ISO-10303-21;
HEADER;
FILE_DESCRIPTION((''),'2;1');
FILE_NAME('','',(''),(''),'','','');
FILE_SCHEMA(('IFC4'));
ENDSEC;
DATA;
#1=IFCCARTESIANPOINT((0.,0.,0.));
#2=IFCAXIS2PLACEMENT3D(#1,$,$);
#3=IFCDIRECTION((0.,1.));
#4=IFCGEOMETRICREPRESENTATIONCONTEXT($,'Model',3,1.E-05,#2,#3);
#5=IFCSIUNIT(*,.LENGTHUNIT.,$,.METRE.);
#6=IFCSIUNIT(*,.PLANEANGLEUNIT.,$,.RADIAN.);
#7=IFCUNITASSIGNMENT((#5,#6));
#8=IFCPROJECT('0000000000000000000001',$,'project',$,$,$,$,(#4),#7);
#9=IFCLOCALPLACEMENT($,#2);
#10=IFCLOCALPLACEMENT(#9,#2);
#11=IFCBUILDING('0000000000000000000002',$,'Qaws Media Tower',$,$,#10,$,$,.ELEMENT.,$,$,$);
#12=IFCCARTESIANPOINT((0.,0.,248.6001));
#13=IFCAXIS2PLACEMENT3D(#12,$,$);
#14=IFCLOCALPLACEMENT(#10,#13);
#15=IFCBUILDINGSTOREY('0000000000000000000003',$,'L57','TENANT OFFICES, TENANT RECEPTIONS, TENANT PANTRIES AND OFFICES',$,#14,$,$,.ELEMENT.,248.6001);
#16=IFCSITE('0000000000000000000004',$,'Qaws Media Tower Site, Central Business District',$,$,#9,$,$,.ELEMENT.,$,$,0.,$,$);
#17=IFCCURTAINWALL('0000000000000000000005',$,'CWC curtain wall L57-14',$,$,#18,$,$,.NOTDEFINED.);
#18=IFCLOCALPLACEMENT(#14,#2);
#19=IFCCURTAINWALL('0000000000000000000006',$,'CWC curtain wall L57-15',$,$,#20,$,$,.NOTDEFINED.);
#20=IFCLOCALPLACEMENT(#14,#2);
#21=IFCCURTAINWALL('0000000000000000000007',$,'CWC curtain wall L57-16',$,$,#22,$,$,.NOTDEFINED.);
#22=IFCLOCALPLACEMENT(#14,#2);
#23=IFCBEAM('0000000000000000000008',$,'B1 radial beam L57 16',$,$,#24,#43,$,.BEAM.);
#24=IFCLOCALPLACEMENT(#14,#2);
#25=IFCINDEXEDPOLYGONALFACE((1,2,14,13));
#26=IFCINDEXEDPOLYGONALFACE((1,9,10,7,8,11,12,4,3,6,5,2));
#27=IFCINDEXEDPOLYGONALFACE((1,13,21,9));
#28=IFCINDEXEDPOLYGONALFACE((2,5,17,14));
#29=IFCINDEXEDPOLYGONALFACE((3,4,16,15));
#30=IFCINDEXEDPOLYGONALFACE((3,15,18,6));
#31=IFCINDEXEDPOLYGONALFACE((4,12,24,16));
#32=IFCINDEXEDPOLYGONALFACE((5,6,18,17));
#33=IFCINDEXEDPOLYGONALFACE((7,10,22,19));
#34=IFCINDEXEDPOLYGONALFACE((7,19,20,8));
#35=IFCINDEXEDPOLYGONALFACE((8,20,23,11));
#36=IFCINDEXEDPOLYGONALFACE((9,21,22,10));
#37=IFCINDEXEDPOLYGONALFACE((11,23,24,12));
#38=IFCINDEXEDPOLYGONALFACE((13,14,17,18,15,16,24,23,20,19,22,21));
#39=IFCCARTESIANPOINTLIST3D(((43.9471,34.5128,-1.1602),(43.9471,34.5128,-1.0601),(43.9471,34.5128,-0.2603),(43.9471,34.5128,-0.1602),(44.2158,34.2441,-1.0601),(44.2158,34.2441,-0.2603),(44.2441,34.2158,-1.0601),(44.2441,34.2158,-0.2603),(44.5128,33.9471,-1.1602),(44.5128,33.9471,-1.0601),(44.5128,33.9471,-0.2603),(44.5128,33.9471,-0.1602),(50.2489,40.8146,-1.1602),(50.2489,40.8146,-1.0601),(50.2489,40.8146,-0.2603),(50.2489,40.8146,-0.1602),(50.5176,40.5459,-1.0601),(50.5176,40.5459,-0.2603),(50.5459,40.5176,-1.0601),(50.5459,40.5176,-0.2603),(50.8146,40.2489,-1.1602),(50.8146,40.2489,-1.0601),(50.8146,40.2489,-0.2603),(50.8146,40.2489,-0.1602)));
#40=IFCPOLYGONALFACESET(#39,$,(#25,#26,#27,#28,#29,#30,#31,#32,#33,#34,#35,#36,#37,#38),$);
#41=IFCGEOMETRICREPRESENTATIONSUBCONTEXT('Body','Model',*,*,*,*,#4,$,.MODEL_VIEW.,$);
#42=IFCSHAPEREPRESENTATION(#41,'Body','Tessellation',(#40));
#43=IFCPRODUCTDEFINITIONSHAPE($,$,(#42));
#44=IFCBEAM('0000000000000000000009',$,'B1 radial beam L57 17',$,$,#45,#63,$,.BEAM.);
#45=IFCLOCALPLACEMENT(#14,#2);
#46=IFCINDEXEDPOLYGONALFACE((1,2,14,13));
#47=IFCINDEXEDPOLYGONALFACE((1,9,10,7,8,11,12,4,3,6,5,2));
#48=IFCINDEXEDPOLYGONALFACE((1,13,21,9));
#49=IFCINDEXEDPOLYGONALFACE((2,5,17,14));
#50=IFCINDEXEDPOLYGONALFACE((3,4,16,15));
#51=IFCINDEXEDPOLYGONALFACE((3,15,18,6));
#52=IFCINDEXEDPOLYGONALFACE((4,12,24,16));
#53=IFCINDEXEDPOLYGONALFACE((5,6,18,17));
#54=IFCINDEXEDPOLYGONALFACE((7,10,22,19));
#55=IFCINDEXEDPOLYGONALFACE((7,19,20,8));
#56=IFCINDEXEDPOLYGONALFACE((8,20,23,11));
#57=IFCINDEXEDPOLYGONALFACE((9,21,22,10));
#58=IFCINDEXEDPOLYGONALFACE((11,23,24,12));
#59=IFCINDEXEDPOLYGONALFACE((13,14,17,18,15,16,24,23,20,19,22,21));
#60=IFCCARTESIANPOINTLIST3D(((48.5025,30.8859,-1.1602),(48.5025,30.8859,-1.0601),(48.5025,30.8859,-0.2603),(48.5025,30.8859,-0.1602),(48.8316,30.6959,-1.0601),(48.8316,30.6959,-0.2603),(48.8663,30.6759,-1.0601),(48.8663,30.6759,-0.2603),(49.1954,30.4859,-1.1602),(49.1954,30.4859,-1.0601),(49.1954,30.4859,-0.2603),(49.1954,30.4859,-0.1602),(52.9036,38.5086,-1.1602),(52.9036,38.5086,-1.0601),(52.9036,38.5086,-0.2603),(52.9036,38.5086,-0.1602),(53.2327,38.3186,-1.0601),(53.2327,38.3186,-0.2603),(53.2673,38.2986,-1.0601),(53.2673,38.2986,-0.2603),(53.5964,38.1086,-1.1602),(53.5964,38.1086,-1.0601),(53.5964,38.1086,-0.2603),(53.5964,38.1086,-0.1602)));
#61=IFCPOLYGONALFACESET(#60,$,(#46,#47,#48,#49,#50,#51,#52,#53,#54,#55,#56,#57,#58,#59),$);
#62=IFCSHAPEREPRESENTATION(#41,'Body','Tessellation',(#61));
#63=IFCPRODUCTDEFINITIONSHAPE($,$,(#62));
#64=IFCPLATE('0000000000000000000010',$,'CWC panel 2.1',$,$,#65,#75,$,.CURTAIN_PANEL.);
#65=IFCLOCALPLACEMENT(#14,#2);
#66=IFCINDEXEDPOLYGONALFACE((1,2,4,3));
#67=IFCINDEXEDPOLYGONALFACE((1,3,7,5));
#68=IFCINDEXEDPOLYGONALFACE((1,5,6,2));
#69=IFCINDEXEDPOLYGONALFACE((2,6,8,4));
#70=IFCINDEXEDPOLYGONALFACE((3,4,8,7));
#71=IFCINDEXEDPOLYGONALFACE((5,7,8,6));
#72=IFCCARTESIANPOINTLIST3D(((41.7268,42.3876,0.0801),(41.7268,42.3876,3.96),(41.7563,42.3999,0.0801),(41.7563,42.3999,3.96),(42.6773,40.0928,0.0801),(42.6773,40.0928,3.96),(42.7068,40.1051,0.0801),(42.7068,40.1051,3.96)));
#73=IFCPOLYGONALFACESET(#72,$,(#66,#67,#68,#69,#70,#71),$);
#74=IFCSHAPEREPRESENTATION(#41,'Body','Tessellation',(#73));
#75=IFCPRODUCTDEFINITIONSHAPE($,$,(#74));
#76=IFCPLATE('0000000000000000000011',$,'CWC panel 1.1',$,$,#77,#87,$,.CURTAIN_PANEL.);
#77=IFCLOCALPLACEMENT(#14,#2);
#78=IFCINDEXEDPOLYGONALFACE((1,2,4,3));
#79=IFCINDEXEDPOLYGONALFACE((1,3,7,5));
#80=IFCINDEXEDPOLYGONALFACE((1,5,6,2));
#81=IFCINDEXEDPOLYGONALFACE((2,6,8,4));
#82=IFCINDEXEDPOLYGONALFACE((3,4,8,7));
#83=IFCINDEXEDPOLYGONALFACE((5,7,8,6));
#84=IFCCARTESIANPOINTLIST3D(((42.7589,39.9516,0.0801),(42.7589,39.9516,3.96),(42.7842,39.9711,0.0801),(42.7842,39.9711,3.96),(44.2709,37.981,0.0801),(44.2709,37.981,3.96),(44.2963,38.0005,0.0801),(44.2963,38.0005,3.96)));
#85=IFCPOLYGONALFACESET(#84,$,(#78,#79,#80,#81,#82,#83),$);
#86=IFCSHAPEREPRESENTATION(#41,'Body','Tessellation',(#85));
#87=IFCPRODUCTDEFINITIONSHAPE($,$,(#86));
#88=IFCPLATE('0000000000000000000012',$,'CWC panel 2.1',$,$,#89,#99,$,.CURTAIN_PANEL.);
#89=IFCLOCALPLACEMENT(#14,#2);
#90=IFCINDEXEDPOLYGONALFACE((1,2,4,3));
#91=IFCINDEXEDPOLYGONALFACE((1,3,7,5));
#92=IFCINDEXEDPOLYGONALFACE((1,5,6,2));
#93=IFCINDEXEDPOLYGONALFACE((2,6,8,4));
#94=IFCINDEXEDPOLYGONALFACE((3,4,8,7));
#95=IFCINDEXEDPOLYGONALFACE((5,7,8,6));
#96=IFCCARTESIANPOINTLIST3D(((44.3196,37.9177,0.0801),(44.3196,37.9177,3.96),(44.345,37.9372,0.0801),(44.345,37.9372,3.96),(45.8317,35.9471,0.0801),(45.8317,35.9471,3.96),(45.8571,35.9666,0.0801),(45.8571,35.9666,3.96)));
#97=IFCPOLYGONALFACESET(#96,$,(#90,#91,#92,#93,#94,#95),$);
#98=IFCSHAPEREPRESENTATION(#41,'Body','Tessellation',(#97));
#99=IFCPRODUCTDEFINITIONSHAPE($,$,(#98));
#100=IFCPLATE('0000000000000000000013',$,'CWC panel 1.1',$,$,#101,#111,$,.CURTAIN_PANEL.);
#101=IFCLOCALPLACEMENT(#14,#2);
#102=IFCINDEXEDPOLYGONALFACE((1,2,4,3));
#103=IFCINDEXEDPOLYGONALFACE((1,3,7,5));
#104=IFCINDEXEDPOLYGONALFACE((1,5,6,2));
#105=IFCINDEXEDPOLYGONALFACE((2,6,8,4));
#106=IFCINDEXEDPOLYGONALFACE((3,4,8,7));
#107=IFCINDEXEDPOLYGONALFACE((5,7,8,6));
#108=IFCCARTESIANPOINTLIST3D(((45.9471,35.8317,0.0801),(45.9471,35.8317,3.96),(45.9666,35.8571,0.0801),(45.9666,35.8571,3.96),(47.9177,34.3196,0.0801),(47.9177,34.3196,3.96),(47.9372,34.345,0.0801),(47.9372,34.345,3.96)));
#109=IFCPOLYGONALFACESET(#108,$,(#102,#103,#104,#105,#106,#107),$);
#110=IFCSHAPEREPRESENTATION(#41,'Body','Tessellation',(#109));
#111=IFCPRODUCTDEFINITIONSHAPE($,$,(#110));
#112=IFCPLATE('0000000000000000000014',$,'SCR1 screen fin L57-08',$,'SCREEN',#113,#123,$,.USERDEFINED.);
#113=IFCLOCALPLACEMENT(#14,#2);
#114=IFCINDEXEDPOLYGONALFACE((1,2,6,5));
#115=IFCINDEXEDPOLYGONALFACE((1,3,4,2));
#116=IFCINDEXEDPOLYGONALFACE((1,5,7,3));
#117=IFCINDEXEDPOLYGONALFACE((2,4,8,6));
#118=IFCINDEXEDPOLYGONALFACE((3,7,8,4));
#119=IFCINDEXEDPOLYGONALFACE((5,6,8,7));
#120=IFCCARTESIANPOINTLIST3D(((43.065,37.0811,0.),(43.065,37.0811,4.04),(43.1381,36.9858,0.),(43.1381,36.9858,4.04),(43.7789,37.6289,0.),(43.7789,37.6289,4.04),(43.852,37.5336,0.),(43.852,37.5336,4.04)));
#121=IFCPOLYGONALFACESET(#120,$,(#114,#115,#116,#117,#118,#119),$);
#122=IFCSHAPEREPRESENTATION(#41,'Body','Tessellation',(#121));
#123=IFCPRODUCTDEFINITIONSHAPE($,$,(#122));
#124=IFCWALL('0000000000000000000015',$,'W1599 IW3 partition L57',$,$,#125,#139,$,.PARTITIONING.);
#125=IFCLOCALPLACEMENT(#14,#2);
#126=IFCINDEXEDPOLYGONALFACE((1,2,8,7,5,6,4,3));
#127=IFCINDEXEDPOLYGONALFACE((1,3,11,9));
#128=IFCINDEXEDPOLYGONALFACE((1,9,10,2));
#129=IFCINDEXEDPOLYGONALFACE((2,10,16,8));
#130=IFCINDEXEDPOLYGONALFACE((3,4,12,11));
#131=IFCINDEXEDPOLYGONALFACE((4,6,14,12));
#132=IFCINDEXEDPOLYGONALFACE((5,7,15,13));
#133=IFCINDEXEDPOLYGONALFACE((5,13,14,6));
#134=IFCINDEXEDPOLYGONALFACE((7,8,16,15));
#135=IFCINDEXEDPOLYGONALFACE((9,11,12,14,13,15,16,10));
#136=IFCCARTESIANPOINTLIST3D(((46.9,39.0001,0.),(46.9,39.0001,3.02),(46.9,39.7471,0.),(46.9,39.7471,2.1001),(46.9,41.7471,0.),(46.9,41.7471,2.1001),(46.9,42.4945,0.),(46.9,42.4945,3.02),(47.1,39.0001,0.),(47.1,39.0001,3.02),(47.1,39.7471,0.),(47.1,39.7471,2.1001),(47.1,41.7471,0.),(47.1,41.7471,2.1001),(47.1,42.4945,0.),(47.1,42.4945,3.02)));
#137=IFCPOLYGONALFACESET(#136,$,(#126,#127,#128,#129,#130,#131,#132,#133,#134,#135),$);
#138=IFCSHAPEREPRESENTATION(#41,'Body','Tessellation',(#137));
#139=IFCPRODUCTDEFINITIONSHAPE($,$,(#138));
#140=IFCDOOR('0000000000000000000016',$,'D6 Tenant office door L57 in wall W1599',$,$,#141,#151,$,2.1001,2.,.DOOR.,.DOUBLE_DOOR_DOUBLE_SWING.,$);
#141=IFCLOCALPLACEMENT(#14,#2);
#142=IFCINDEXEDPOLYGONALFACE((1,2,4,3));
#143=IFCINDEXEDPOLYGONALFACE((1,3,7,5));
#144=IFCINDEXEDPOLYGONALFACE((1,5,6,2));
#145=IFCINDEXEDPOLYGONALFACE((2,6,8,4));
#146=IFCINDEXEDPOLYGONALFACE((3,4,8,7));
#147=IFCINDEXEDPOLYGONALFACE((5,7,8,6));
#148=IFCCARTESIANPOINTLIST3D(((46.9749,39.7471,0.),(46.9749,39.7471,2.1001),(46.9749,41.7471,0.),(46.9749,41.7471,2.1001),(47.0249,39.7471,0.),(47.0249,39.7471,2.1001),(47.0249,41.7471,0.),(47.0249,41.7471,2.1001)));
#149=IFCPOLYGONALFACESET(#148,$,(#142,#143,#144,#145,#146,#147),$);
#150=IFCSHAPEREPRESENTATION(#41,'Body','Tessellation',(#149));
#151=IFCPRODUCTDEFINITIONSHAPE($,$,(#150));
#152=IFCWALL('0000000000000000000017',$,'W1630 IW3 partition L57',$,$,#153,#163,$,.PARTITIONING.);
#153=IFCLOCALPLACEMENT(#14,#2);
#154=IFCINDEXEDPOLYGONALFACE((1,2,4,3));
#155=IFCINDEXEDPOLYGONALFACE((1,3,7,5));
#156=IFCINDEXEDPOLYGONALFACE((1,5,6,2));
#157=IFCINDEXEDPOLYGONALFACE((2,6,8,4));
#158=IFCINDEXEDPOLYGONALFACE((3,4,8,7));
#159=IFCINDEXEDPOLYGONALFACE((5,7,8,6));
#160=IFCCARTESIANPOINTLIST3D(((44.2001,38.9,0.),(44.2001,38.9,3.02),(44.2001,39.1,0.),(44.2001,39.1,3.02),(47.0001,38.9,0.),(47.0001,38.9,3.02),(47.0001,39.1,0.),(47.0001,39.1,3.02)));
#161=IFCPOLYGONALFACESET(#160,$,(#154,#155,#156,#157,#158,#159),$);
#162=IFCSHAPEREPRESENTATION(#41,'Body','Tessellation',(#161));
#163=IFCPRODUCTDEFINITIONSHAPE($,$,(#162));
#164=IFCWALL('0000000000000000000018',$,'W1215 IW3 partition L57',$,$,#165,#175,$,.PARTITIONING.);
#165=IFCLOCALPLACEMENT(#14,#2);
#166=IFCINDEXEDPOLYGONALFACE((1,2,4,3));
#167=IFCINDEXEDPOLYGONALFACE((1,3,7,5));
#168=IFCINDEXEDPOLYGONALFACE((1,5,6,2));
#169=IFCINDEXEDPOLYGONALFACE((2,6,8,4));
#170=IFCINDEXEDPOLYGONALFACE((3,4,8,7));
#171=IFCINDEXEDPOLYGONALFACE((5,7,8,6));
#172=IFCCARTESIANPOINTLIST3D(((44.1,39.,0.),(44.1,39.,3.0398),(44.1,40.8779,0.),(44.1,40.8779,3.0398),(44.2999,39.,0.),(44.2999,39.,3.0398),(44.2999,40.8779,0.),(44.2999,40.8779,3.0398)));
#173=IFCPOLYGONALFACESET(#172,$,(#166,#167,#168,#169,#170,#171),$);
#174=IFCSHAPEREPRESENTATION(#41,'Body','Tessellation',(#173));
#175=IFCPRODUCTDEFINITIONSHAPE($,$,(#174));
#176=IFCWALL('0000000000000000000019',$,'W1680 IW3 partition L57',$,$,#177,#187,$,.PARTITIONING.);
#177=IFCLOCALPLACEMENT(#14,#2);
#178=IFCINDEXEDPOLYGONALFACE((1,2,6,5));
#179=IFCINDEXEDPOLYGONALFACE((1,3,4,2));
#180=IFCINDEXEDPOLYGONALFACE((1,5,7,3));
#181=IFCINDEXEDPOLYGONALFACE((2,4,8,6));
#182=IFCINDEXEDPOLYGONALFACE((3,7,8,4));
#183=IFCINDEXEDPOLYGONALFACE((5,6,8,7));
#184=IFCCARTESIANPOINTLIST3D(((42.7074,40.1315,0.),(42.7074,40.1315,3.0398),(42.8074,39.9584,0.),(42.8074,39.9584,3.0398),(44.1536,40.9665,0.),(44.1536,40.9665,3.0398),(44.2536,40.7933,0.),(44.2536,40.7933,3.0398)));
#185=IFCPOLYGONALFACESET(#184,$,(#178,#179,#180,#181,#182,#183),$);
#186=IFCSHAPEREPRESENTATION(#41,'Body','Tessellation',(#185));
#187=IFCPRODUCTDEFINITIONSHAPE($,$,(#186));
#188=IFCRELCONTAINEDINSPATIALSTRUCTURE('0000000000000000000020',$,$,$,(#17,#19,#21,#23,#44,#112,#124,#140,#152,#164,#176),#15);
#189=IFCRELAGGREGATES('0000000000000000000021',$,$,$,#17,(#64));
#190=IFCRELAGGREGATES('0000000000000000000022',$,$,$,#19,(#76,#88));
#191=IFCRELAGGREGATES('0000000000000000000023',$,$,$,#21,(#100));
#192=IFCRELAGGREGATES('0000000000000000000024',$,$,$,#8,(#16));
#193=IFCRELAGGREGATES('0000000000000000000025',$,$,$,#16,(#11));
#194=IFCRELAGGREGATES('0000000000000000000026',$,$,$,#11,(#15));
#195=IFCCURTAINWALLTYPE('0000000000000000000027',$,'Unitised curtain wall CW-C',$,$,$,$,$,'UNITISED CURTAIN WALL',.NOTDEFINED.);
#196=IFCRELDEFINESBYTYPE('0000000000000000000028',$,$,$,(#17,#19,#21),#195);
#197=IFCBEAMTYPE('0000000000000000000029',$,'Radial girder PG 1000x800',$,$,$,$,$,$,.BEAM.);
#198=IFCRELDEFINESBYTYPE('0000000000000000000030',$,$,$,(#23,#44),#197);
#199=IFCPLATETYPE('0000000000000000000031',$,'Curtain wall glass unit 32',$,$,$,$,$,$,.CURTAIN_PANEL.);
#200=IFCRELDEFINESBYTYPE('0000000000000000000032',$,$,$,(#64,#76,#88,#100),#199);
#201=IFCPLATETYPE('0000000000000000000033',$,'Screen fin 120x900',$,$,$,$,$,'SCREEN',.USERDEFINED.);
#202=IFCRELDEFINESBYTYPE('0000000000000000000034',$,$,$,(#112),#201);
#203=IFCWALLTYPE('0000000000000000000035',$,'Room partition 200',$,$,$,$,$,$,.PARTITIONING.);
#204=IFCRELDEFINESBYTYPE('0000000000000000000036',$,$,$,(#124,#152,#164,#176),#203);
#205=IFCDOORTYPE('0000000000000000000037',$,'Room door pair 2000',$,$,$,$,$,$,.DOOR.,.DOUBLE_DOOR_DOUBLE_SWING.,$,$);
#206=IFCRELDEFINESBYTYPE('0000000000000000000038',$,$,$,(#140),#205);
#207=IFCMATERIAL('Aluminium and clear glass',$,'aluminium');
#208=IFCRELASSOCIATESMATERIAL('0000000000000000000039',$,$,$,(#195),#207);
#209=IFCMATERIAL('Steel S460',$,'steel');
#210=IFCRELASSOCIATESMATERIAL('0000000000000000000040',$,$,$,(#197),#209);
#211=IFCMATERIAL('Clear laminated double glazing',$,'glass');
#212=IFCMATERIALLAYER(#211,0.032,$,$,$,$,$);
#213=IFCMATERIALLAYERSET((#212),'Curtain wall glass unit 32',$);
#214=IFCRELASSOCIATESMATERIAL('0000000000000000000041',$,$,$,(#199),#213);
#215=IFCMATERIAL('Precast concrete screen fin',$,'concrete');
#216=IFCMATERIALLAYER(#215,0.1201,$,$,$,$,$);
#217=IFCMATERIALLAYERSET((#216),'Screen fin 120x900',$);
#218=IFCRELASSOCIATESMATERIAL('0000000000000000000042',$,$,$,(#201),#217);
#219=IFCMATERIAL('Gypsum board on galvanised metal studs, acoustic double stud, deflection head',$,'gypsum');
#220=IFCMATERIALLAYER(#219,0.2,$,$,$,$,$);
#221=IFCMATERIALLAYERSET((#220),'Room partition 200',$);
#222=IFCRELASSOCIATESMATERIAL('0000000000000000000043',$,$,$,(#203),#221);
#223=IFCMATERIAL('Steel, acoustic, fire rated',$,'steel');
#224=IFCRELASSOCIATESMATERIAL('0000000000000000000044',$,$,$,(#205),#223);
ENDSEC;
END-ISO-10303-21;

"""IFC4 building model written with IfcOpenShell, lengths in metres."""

from ifc_helpers import new_model, si_unit, direction, frame, frame_2d, origin, origin_2d, place, context, subcontext, project, spatial, rectangle, i_section, extrude, material, layer, layer_set, material_profile, profile_set, type_object, element, fill, aggregate, save


model = new_model("IFC4")

# Units and contexts
model_context = context("Model", 3, precision=1e-05, world=origin(), true_north=direction((0.0, 1.0)))
body_context = subcontext(model_context, "Body", "Model", "MODEL_VIEW")
ifc_project = project(units=[si_unit("LENGTHUNIT", "METRE"), si_unit("PLANEANGLEUNIT", "RADIAN")], contexts=[model_context])

# Site, building, storey
site_placement = place(None, origin())
site = spatial("IfcSite", under=ifc_project, at=site_placement, Name="Qaws Media Tower Site, Central Business District", CompositionType="ELEMENT", RefElevation=0.0)
building_placement = place(site_placement, origin())
building = spatial("IfcBuilding", under=site, at=building_placement, Name="Qaws Media Tower", CompositionType="ELEMENT")
storey_placement = place(building_placement, frame((0.0, 0.0, 248.6001)))
storey = spatial("IfcBuildingStorey", under=building, at=storey_placement, Name="L57", Description="TENANT OFFICES, TENANT RECEPTIONS, TENANT PANTRIES AND OFFICES", CompositionType="ELEMENT", Elevation=248.6001)

# Curtain wall
ifc_material_1 = material(Name="Aluminium and clear glass", Category="aluminium")
curtain_wall_type = type_object("IfcCurtainWallType", Name="Unitised curtain wall CW-C", ElementType="UNITISED CURTAIN WALL", PredefinedType="NOTDEFINED", material=ifc_material_1)
curtain_wall_1_placement = place(storey_placement, origin())
curtain_wall_1 = element("IfcCurtainWall", 1, at=curtain_wall_1_placement, inside=storey, type_object=curtain_wall_type, Name="CWC curtain wall L57-14", PredefinedType="NOTDEFINED")

# Curtain wall
curtain_wall_2_placement = place(storey_placement, origin())
curtain_wall_2 = element("IfcCurtainWall", 2, at=curtain_wall_2_placement, inside=storey, type_object=curtain_wall_type, Name="CWC curtain wall L57-15", PredefinedType="NOTDEFINED")

# Curtain wall
curtain_wall_3_placement = place(storey_placement, origin())
curtain_wall_3 = element("IfcCurtainWall", 3, at=curtain_wall_3_placement, inside=storey, type_object=curtain_wall_type, Name="CWC curtain wall L57-16", PredefinedType="NOTDEFINED")

# Beams
ifc_material_2 = material(Name="Steel S460", Category="steel")
ifc_material_profile_1 = material_profile(ifc_material_2, i_section(OverallWidth=0.8, OverallDepth=1.0, WebThickness=0.04, FlangeThickness=0.1001, at=origin_2d()), Name="PG 1000x800")
ifc_profile_set_1 = profile_set([ifc_material_profile_1], Name="Steel S460")
beam_type_1 = type_object("IfcBeamType", Name="Radial girder PG 1000x800", PredefinedType="BEAM", material=ifc_profile_set_1)
beam_1_placement = place(storey_placement, frame((50.5317, 40.5317, -0.6602), z_axis=(-0.707107, -0.707107, 0.0), x_axis=(0.707107, -0.707107, 0.0)))
element("IfcBeam", 4, at=beam_1_placement, inside=storey, type_object=beam_type_1, Name="B1 radial beam L57 16", PredefinedType="BEAM", context=body_context, shape_type="SweptSolid", body=[
    extrude(i_section(OverallWidth=0.8, OverallDepth=1.0, WebThickness=0.04, FlangeThickness=0.1001, at=origin_2d()), origin(), (0.0, 0.0, 1.0), 8.9121),
])
beam_2_placement = place(storey_placement, frame((53.25, 38.3086, -0.6602), z_axis=(-0.500008, -0.866021, 0.0), x_axis=(0.866021, -0.500008, 0.0)))
element("IfcBeam", 5, at=beam_2_placement, inside=storey, type_object=beam_type_1, Name="B1 radial beam L57 17", PredefinedType="BEAM", context=body_context, shape_type="SweptSolid", body=[
    extrude(i_section(OverallWidth=0.8, OverallDepth=1.0, WebThickness=0.04, FlangeThickness=0.1001, at=origin_2d()), origin(), (0.0, 0.0, 1.0), 8.802),
])

# Plates
ifc_material_3 = material(Name="Clear laminated double glazing", Category="glass")
ifc_layer_1 = layer(ifc_material_3, 0.032)
ifc_layer_set_1 = layer_set([ifc_layer_1], Name="Curtain wall glass unit 32")
plate_type_1 = type_object("IfcPlateType", Name="Curtain wall glass unit 32", PredefinedType="CURTAIN_PANEL", material=ifc_layer_set_1)
plate_1_placement = place(storey_placement, frame((42.2168, 41.2463, 0.0801), z_axis=(0.0, 0.0, 1.0), x_axis=(0.382683, -0.92388, 0.0)))
plate_1 = element("IfcPlate", 6, at=plate_1_placement, type_object=plate_type_1, Name="CWC panel 2.1", PredefinedType="CURTAIN_PANEL", context=body_context, shape_type="SweptSolid", body=[
    extrude(rectangle(XDim=2.4839, YDim=0.032, at=origin_2d()), origin(), (0.0, 0.0, 1.0), 3.8799),
])
aggregate(curtain_wall_1, [plate_1])
plate_2_placement = place(storey_placement, frame((43.5276, 38.9761, 0.0801), z_axis=(0.0, 0.0, 1.0), x_axis=(0.608762, -0.793353, 0.0)))
plate_2 = element("IfcPlate", 7, at=plate_2_placement, type_object=plate_type_1, Name="CWC panel 1.1", PredefinedType="CURTAIN_PANEL", context=body_context, shape_type="SweptSolid", body=[
    extrude(rectangle(XDim=2.4839, YDim=0.032, at=origin_2d()), origin(), (0.0, 0.0, 1.0), 3.8799),
])
plate_3_placement = place(storey_placement, frame((45.0884, 36.9421, 0.0801), z_axis=(0.0, 0.0, 1.0), x_axis=(0.608762, -0.793353, 0.0)))
plate_3 = element("IfcPlate", 8, at=plate_3_placement, type_object=plate_type_1, Name="CWC panel 2.1", PredefinedType="CURTAIN_PANEL", context=body_context, shape_type="SweptSolid", body=[
    extrude(rectangle(XDim=2.4839, YDim=0.032, at=origin_2d()), origin(), (0.0, 0.0, 1.0), 3.8799),
])
aggregate(curtain_wall_2, [plate_2, plate_3])
plate_4_placement = place(storey_placement, frame((46.9421, 35.0884, 0.0801), z_axis=(0.0, 0.0, 1.0), x_axis=(0.793353, -0.608762, 0.0)))
plate_4 = element("IfcPlate", 9, at=plate_4_placement, type_object=plate_type_1, Name="CWC panel 1.1", PredefinedType="CURTAIN_PANEL", context=body_context, shape_type="SweptSolid", body=[
    extrude(rectangle(XDim=2.4839, YDim=0.032, at=origin_2d()), origin(), (0.0, 0.0, 1.0), 3.8799),
])
aggregate(curtain_wall_3, [plate_4])
ifc_material_4 = material(Name="Precast concrete screen fin", Category="concrete")
ifc_layer_2 = layer(ifc_material_4, 0.1201)
ifc_layer_set_2 = layer_set([ifc_layer_2], Name="Screen fin 120x900")
plate_type_2 = type_object("IfcPlateType", Name="Screen fin 120x900", ElementType="SCREEN", PredefinedType="USERDEFINED", material=ifc_layer_set_2)
plate_5_placement = place(storey_placement, frame((43.4585, 37.3074, 0.0), z_axis=(0.0, 0.0, 1.0), x_axis=(-0.793353, -0.608761, 0.0)))
element("IfcPlate", 10, at=plate_5_placement, inside=storey, type_object=plate_type_2, Name="SCR1 screen fin L57-08", ObjectType="SCREEN", PredefinedType="USERDEFINED", context=body_context, shape_type="SweptSolid", body=[
    extrude(rectangle(XDim=0.8999, YDim=0.1201, at=origin_2d()), origin(), (0.0, 0.0, 1.0), 4.04),
])

# Wall, opening, door
ifc_material_5 = material(Name="Gypsum board on galvanised metal studs, acoustic double stud, deflection head", Category="gypsum")
ifc_layer_3 = layer(ifc_material_5, 0.2)
ifc_layer_set_3 = layer_set([ifc_layer_3], Name="Room partition 200")
wall_type = type_object("IfcWallType", Name="Room partition 200", PredefinedType="PARTITIONING", material=ifc_layer_set_3)
wall_1_placement = place(storey_placement, frame((47.0, 42.4944, 0.0), z_axis=(0.0, 0.0, 1.0), x_axis=(0.0, -1.0, 0.0)))
wall_1 = element("IfcWall", 11, at=wall_1_placement, inside=storey, type_object=wall_type, Name="W1599 IW3 partition L57", PredefinedType="PARTITIONING", context=body_context, shape_type="SweptSolid", body=[
    extrude(rectangle(XDim=3.4944, YDim=0.2, at=frame_2d((1.7471, 0.0))), origin(), (0.0, 0.0, 1.0), 3.02),
])
opening_1_placement = place(wall_1_placement, frame((0.7473, 0.0, 0.0)))
opening_1 = element("IfcOpeningElement", 12, at=opening_1_placement, cuts=wall_1, PredefinedType="OPENING", context=body_context, shape_type="SweptSolid", body=[
    extrude(rectangle(XDim=2.0, YDim=2.1001, at=frame_2d((1.0, 1.05))), frame((0.0, 0.1099, 0.0), z_axis=(0.0, -1.0, 0.0), x_axis=(1.0, 0.0, 0.0)), (0.0, 0.0, 1.0), 0.22),
])
ifc_material_6 = material(Name="Steel, acoustic, fire rated", Category="steel")
door_type_1 = type_object("IfcDoorType", Name="Room door pair 2000", OperationType="DOUBLE_DOOR_DOUBLE_SWING", PredefinedType="DOOR", material=ifc_material_6)
door_1_placement = place(opening_1_placement, origin())
door_1 = element("IfcDoor", 13, at=door_1_placement, inside=storey, type_object=door_type_1, Name="D6 Tenant office door L57 in wall W1599", OperationType="DOUBLE_DOOR_DOUBLE_SWING", OverallHeight=2.1001, OverallWidth=2.0, PredefinedType="DOOR", context=body_context, shape_type="SweptSolid", body=[
    extrude(rectangle(XDim=2.0, YDim=2.1001, at=frame_2d((1.0, 1.05))), frame((0.0, 0.0249, 0.0), z_axis=(0.0, -1.0, 0.0), x_axis=(1.0, 0.0, 0.0)), (0.0, 0.0, 1.0), 0.05),
])
fill(opening_1, door_1)

# Walls
wall_2_placement = place(storey_placement, frame((47.0, 39.0, 0.0), z_axis=(0.0, 0.0, 1.0), x_axis=(-1.0, 0.0, 0.0)))
element("IfcWall", 14, at=wall_2_placement, inside=storey, type_object=wall_type, Name="W1630 IW3 partition L57", PredefinedType="PARTITIONING", context=body_context, shape_type="SweptSolid", body=[
    extrude(rectangle(XDim=2.8, YDim=0.2, at=frame_2d((1.3999, 0.0))), origin(), (0.0, 0.0, 1.0), 3.02),
])
wall_3_placement = place(storey_placement, frame((44.2, 39.0, 0.0), z_axis=(0.0, 0.0, 1.0), x_axis=(0.0, 1.0, 0.0)))
element("IfcWall", 15, at=wall_3_placement, inside=storey, type_object=wall_type, Name="W1215 IW3 partition L57", PredefinedType="PARTITIONING", context=body_context, shape_type="SweptSolid", body=[
    extrude(rectangle(XDim=1.8779, YDim=0.2, at=frame_2d((0.939, 0.0))), origin(), (0.0, 0.0, 1.0), 3.0398),
])

# Wall
wall_4_placement = place(storey_placement, frame((44.2036, 40.8799, 0.0), z_axis=(0.0, 0.0, 1.0), x_axis=(-0.86604, -0.499976, 0.0)))
element("IfcWall", 16, at=wall_4_placement, inside=storey, type_object=wall_type, Name="W1680 IW3 partition L57", PredefinedType="PARTITIONING", context=body_context, shape_type="SweptSolid", body=[
    extrude(rectangle(XDim=1.6699, YDim=0.2, at=frame_2d((0.835, 0.0))), origin(), (0.0, 0.0, 1.0), 3.0398),
])

save(model, "model.ifc")
